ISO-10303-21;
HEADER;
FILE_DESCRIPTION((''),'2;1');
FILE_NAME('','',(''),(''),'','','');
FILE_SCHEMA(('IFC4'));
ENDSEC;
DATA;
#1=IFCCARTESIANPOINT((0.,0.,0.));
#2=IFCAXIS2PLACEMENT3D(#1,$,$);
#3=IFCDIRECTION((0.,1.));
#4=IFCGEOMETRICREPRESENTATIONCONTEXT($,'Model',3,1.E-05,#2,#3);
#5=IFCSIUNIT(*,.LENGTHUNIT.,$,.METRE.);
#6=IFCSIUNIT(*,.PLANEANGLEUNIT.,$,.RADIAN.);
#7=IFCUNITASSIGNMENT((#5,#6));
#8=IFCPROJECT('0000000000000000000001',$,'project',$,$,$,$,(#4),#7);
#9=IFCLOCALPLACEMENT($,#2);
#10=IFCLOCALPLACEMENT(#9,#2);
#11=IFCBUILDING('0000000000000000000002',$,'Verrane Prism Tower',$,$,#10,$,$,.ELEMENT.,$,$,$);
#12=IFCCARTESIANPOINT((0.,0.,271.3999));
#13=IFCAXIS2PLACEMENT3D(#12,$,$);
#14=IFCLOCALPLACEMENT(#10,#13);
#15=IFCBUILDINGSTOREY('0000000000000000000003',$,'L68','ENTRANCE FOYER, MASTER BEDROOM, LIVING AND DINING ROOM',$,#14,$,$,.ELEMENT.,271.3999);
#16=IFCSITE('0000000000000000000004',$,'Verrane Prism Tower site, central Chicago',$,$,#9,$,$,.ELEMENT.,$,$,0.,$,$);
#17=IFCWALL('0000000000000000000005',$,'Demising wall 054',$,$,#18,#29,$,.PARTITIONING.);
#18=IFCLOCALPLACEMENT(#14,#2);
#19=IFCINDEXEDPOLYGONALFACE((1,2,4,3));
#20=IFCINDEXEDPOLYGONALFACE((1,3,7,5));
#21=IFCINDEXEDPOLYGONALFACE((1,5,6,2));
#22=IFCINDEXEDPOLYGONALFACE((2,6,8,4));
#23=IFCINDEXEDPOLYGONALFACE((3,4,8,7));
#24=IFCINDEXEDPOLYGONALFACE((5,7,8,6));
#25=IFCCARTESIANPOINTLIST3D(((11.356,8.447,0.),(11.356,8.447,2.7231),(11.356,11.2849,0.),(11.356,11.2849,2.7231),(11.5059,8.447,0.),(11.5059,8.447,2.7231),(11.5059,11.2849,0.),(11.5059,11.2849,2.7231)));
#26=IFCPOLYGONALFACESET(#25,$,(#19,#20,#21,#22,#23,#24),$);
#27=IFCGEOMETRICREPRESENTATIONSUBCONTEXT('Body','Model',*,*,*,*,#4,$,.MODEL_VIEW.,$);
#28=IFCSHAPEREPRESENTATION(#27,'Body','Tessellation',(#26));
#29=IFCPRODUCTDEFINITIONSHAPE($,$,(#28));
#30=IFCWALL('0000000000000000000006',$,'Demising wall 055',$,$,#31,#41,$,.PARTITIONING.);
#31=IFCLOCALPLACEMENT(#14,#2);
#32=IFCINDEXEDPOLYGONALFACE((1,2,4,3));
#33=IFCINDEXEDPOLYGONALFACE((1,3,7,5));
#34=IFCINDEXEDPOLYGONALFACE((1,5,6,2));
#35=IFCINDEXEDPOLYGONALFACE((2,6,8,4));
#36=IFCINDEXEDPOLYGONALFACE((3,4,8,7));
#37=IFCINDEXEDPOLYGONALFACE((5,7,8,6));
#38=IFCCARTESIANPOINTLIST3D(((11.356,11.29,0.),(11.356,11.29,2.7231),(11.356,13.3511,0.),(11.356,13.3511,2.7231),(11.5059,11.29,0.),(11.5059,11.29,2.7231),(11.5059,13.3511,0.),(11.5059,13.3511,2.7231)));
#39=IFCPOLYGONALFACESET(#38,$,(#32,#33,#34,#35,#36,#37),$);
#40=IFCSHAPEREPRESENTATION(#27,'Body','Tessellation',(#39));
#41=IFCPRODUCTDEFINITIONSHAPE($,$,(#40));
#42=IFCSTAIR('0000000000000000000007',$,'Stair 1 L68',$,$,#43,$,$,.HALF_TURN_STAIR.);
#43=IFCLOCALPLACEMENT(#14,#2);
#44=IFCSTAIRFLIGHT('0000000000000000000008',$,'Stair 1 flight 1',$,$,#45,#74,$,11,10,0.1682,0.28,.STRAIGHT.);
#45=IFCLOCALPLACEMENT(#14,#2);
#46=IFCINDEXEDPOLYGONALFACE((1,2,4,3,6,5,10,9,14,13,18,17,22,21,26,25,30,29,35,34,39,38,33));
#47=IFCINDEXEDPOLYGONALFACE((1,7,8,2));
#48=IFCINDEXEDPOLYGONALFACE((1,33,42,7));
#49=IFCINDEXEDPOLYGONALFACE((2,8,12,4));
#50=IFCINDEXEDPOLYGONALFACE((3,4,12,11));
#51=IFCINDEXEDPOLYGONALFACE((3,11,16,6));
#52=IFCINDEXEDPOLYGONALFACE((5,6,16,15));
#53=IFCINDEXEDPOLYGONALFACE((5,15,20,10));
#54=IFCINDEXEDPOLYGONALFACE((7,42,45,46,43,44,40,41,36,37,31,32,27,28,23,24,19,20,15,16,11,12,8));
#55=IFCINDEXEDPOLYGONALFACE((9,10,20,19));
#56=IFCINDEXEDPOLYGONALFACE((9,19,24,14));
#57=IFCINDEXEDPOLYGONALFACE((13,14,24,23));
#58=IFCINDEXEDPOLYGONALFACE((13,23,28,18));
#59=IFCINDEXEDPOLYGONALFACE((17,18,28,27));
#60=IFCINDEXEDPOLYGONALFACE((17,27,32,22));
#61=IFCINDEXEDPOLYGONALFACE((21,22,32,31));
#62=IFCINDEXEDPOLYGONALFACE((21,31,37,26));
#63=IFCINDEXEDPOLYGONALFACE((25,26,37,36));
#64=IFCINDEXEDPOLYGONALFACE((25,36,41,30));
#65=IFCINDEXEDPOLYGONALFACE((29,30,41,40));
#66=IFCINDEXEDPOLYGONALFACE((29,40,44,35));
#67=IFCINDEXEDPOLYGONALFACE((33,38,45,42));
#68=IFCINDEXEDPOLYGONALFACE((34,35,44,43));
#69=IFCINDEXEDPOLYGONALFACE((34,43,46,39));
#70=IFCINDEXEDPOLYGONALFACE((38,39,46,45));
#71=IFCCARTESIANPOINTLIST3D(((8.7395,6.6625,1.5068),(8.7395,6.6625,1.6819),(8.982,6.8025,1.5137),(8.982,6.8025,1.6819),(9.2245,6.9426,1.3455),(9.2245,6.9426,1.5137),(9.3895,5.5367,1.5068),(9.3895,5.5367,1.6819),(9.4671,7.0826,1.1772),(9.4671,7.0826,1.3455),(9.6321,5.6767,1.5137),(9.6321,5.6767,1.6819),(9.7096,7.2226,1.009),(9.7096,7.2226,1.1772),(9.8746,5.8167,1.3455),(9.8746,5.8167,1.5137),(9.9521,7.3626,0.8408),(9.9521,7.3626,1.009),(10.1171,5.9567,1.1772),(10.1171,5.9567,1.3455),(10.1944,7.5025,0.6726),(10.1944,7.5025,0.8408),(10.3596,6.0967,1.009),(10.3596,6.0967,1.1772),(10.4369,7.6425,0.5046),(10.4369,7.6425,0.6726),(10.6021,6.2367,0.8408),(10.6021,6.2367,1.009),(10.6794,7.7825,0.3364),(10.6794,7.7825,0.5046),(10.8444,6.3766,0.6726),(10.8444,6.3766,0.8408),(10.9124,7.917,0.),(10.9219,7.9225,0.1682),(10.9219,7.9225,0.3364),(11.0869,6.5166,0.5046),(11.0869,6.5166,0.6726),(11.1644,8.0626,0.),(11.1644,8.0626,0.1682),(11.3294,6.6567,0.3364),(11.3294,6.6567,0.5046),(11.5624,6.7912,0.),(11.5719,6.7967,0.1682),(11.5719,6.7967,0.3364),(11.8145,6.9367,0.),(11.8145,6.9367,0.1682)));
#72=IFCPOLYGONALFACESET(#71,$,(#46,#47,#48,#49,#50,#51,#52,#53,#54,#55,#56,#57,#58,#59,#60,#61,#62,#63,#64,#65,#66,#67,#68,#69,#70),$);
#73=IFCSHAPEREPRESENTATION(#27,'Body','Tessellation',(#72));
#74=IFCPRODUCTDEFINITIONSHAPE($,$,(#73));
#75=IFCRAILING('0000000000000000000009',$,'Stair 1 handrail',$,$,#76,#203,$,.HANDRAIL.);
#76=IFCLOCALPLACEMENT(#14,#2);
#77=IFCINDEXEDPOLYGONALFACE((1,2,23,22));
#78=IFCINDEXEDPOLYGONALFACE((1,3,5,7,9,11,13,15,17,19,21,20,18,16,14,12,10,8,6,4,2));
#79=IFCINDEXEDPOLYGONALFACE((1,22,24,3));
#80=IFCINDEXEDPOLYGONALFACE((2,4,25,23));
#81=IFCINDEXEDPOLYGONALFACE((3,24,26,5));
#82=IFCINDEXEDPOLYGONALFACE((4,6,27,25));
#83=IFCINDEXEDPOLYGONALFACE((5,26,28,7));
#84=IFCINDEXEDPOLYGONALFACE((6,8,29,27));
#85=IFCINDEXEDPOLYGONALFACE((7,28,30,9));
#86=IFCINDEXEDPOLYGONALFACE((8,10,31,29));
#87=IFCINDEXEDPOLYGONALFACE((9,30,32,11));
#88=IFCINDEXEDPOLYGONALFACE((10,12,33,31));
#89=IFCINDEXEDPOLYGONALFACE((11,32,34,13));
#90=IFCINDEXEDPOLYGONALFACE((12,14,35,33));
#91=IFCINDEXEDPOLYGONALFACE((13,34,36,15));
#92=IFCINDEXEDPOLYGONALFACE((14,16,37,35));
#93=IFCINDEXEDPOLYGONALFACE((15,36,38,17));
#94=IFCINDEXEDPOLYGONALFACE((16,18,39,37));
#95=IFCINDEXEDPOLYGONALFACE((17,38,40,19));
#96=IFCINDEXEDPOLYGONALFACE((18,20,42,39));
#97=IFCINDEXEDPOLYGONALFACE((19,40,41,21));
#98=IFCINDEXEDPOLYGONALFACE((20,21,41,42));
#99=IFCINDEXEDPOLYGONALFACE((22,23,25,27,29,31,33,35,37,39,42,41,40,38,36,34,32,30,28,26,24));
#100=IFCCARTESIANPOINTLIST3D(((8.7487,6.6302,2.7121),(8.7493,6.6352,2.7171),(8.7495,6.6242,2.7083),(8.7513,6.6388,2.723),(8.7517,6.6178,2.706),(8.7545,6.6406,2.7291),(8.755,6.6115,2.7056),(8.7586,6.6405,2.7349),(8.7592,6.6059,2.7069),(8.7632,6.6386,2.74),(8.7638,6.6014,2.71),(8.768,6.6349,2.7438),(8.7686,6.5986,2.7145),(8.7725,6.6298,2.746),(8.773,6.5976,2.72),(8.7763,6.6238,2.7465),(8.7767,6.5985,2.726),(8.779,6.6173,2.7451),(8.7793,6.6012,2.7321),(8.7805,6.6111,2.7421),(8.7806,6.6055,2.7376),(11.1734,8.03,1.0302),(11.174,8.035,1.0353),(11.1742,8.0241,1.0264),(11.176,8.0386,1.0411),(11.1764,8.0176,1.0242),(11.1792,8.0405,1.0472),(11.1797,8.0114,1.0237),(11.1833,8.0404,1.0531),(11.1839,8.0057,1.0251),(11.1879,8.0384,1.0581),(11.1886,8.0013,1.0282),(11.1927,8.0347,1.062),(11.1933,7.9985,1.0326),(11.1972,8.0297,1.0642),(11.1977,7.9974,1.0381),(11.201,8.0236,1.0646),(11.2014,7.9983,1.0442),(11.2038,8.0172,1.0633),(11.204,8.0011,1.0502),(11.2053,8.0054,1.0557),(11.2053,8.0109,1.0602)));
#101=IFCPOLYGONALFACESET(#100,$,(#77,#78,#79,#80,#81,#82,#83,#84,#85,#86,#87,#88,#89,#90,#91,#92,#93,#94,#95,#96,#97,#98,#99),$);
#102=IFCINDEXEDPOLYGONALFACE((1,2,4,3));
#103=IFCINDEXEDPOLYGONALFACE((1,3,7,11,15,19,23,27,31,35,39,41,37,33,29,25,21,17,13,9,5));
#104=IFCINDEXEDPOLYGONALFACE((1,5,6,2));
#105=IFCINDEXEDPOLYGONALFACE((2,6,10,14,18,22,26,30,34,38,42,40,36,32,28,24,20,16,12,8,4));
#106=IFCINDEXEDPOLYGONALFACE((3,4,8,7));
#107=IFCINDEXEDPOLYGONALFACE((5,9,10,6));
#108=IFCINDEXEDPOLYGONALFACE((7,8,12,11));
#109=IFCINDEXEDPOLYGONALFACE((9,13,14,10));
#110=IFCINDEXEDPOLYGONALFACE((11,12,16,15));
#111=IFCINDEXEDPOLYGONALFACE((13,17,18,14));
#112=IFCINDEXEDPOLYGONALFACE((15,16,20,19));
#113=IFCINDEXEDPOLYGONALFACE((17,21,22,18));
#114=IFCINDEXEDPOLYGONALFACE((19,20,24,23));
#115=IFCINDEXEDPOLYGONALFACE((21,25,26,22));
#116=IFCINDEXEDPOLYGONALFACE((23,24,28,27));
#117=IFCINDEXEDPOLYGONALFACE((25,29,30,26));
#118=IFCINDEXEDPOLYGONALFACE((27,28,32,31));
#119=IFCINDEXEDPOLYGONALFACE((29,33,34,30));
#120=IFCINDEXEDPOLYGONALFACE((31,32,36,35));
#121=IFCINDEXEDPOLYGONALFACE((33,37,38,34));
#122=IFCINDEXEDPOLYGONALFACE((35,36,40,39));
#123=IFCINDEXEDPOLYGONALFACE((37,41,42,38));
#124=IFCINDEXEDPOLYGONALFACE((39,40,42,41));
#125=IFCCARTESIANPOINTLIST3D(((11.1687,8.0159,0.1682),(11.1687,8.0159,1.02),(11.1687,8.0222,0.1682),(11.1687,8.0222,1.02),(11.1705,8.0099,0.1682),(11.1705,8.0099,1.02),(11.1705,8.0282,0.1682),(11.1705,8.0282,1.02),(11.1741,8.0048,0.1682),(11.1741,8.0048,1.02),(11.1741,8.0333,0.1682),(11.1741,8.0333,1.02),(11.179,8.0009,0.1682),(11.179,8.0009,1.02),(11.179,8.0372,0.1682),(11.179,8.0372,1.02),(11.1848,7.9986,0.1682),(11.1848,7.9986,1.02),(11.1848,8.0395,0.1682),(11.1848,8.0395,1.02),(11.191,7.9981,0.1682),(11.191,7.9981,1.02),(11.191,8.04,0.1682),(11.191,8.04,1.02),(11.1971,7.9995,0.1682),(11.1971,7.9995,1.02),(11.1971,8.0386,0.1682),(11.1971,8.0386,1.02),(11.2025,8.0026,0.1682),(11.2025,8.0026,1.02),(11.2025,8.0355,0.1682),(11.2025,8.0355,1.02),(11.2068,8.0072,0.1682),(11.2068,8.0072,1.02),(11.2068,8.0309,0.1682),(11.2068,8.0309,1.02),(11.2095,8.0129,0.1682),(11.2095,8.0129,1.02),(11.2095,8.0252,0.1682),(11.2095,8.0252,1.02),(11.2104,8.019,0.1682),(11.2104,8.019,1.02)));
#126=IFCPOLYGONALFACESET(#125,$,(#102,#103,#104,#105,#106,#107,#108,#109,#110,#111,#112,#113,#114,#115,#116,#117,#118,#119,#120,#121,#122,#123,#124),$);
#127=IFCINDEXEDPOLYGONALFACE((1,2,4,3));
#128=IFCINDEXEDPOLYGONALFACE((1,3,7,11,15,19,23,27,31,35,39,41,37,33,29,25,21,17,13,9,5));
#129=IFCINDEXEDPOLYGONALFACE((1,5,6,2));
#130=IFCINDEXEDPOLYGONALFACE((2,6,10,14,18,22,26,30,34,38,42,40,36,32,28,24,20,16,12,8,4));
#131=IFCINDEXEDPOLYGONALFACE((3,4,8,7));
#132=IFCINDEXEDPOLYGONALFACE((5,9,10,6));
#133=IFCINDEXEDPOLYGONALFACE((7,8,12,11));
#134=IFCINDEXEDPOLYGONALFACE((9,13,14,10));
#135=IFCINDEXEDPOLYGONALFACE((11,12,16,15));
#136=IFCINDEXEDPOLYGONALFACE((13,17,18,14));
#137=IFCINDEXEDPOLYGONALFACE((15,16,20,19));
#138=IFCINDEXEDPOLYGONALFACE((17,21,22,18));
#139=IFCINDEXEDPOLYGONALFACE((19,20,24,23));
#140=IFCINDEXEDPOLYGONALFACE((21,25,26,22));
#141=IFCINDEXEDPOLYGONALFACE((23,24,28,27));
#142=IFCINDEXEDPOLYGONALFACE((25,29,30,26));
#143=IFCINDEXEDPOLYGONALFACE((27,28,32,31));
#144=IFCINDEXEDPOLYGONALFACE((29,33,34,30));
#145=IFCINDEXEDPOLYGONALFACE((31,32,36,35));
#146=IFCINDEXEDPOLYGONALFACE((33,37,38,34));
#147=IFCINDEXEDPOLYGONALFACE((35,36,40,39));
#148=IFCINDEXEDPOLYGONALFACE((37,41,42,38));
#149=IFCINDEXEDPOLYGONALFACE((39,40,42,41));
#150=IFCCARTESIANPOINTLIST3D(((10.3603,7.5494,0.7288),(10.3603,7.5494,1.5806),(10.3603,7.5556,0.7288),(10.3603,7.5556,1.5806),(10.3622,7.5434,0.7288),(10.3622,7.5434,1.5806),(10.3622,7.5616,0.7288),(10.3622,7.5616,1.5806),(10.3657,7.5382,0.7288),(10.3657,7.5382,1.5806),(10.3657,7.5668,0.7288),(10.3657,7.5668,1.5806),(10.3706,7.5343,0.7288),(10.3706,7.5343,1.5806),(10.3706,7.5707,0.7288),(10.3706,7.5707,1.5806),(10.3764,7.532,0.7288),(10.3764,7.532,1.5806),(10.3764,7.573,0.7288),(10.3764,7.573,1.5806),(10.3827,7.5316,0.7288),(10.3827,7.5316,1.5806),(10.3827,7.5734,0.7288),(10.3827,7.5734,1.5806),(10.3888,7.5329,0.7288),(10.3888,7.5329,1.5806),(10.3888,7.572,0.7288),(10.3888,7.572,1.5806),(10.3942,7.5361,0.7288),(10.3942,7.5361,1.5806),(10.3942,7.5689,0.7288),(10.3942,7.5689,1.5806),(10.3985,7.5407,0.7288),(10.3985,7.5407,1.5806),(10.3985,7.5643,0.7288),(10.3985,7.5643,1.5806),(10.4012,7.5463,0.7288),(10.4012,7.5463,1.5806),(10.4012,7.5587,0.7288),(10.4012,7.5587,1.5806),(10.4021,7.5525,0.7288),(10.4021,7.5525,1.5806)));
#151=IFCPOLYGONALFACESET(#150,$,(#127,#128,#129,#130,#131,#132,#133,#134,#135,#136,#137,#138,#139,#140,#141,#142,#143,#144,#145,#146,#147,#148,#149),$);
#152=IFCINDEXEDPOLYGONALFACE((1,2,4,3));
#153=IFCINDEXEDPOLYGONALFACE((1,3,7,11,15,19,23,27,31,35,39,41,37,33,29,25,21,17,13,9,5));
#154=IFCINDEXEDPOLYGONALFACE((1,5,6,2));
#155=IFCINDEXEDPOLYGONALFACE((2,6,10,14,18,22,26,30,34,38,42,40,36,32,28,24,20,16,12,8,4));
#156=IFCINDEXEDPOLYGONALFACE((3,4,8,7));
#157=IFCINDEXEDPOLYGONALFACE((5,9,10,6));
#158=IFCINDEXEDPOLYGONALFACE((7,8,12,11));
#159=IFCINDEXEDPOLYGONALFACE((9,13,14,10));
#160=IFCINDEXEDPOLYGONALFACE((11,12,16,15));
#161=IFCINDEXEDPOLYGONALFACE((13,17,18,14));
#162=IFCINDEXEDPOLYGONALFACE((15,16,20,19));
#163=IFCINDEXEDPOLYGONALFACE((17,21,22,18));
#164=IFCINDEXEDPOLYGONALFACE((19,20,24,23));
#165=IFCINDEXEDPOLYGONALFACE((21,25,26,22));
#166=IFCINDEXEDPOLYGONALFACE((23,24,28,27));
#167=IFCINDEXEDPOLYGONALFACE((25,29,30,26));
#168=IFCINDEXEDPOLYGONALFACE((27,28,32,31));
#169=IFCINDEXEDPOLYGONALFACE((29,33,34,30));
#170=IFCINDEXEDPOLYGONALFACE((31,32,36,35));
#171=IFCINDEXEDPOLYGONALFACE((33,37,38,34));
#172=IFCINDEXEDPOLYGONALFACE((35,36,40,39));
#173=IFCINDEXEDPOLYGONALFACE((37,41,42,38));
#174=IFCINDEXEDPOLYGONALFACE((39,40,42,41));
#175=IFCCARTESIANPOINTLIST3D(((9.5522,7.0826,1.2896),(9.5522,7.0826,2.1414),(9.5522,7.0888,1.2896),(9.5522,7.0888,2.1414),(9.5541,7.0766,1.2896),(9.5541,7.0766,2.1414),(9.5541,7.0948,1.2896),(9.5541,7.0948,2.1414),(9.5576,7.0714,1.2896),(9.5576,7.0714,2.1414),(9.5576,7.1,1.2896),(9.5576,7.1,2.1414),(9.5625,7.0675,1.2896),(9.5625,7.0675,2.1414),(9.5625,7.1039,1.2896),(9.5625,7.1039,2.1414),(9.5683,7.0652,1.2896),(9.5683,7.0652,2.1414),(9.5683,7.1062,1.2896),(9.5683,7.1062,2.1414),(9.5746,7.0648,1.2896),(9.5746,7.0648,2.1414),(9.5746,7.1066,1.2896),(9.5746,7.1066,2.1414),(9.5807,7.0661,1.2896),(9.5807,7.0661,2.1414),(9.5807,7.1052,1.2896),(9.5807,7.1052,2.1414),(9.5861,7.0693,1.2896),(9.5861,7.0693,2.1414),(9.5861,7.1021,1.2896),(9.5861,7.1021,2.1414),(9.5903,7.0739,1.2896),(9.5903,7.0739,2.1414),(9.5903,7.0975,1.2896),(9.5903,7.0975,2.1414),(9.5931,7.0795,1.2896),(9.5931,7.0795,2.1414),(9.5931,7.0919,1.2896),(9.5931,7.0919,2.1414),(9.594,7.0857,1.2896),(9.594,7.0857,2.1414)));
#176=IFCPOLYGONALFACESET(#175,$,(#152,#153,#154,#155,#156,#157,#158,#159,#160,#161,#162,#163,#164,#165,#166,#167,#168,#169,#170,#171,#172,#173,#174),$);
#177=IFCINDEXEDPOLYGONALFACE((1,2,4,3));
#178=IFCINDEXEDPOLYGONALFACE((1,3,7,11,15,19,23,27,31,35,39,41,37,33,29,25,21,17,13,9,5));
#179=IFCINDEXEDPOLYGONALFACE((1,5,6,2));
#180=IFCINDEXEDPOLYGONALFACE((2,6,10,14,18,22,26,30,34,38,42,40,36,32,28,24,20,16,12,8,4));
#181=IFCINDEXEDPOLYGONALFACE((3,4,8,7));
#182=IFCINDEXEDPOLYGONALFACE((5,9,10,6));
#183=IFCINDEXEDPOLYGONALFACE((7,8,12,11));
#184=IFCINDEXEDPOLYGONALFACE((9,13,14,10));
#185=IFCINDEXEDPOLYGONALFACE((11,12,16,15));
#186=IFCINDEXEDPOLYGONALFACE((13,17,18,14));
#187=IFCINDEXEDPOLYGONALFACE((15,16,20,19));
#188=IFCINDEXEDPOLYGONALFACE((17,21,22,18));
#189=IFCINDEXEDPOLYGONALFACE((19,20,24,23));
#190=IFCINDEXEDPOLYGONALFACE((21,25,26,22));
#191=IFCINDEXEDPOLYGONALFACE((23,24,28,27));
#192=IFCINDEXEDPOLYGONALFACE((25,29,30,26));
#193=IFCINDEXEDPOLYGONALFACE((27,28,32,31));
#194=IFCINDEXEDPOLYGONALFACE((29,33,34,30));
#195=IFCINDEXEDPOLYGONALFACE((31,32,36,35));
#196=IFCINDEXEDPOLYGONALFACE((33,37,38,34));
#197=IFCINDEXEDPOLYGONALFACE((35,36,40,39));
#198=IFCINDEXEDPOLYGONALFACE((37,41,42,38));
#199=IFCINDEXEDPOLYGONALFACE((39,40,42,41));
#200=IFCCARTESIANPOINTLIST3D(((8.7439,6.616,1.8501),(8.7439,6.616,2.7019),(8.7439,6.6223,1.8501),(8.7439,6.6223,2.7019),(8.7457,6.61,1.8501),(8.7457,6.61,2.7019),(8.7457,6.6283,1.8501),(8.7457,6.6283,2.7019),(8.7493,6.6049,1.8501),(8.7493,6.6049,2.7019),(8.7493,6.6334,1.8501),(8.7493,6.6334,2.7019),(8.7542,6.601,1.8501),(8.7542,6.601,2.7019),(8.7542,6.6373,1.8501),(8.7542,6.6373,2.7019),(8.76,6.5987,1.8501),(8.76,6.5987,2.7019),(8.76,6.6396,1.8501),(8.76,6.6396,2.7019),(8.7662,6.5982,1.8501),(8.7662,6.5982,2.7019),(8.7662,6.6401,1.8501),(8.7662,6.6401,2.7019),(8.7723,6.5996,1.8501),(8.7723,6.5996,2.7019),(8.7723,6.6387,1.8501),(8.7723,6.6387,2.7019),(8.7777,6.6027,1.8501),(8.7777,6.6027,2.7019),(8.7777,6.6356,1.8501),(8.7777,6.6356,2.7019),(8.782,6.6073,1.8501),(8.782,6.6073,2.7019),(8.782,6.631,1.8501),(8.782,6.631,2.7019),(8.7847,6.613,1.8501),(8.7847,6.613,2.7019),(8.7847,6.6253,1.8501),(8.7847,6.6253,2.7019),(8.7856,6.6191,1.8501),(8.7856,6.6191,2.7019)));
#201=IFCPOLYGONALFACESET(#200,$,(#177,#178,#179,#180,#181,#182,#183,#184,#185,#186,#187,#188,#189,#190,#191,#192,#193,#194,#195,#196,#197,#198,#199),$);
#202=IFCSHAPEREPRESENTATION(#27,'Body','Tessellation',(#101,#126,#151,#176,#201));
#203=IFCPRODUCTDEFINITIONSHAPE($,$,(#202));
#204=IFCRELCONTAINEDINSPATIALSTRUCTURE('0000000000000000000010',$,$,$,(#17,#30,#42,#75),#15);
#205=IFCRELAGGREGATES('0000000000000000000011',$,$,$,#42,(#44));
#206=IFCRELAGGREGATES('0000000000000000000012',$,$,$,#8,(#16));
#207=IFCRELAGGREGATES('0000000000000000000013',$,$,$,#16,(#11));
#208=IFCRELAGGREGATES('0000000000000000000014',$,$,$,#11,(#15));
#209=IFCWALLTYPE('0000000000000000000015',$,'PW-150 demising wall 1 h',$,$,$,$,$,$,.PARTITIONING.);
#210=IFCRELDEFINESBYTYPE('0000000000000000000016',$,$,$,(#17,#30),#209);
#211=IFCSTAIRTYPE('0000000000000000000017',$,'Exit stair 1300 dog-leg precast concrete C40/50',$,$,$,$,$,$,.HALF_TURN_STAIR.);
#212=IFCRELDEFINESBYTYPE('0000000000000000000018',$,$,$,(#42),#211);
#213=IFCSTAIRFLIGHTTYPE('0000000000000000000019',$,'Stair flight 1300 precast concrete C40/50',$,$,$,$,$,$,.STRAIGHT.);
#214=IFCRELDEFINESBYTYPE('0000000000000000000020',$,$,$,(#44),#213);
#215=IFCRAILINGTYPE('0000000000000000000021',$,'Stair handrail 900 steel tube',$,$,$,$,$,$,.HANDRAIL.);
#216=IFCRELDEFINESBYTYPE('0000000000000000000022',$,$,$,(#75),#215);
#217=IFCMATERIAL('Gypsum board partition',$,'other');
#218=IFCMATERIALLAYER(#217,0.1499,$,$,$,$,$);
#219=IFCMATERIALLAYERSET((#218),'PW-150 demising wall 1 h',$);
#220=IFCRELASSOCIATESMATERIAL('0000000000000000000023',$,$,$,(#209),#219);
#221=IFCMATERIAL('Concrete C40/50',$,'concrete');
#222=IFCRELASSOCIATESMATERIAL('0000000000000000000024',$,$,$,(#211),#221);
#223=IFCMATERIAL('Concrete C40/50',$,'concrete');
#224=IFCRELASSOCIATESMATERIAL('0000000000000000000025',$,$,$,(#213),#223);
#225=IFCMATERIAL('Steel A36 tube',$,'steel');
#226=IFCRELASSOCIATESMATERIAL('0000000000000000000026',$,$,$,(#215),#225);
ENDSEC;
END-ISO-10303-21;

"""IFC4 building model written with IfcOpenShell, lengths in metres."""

from ifc_helpers import new_model, si_unit, direction, frame, frame_2d, origin, origin_2d, place, context, subcontext, project, spatial, polyline, rectangle, circle, outline, extrude, material, layer, layer_set, type_object, element, aggregate, save


model = new_model("IFC4")

# Units and contexts
model_context = context("Model", 3, precision=1e-05, world=origin(), true_north=direction((0.0, 1.0)))
body_context = subcontext(model_context, "Body", "Model", "MODEL_VIEW")
ifc_project = project(units=[si_unit("LENGTHUNIT", "METRE"), si_unit("PLANEANGLEUNIT", "RADIAN")], contexts=[model_context])

# Site, building, storey
site_placement = place(None, origin())
site = spatial("IfcSite", under=ifc_project, at=site_placement, Name="Verrane Prism Tower site, central Chicago", CompositionType="ELEMENT", RefElevation=0.0)
building_placement = place(site_placement, origin())
building = spatial("IfcBuilding", under=site, at=building_placement, Name="Verrane Prism Tower", CompositionType="ELEMENT")
storey_placement = place(building_placement, frame((0.0, 0.0, 271.3999)))
storey = spatial("IfcBuildingStorey", under=building, at=storey_placement, Name="L68", Description="ENTRANCE FOYER, MASTER BEDROOM, LIVING AND DINING ROOM", CompositionType="ELEMENT", Elevation=271.3999)

# Walls
ifc_material_1 = material(Name="Gypsum board partition", Category="other")
ifc_layer_1 = layer(ifc_material_1, 0.1499)
ifc_layer_set_1 = layer_set([ifc_layer_1], Name="PW-150 demising wall 1 h")
wall_type_1 = type_object("IfcWallType", Name="PW-150 demising wall 1 h", PredefinedType="PARTITIONING", material=ifc_layer_set_1)
wall_1_placement = place(storey_placement, frame((11.4309, 8.447, 0.0), z_axis=(0.0, 0.0, 1.0), x_axis=(0.0, 1.0, 0.0)))
element("IfcWall", 1, at=wall_1_placement, inside=storey, type_object=wall_type_1, Name="Demising wall 054", PredefinedType="PARTITIONING", context=body_context, shape_type="SweptSolid", body=[
    extrude(rectangle(XDim=2.8379, YDim=0.1499, at=frame_2d((1.4189, 0.0))), origin(), (0.0, 0.0, 1.0), 2.7231),
])
wall_2_placement = place(storey_placement, frame((11.4309, 11.29, 0.0), z_axis=(0.0, 0.0, 1.0), x_axis=(0.0, 1.0, 0.0)))
element("IfcWall", 2, at=wall_2_placement, inside=storey, type_object=wall_type_1, Name="Demising wall 055", PredefinedType="PARTITIONING", context=body_context, shape_type="SweptSolid", body=[
    extrude(rectangle(XDim=2.061, YDim=0.1499, at=frame_2d((1.0305, 0.0))), origin(), (0.0, 0.0, 1.0), 2.7231),
])

# Stair, stair flight
ifc_material_2 = material(Name="Concrete C40/50", Category="concrete")
stair_type = type_object("IfcStairType", Name="Exit stair 1300 dog-leg precast concrete C40/50", PredefinedType="HALF_TURN_STAIR", material=ifc_material_2)
stair_placement = place(storey_placement, origin())
stair = element("IfcStair", 3, at=stair_placement, inside=storey, type_object=stair_type, Name="Stair 1 L68", PredefinedType="HALF_TURN_STAIR")
ifc_material_3 = material(Name="Concrete C40/50", Category="concrete")
stair_flight_type = type_object("IfcStairFlightType", Name="Stair flight 1300 precast concrete C40/50", PredefinedType="STRAIGHT", material=ifc_material_3)
stair_flight_placement = place(storey_placement, frame((11.4895, 7.4995, 0.0), z_axis=(0.0, 0.0, 1.0), x_axis=(-0.866025, -0.5, 0.0)))
stair_flight = element("IfcStairFlight", 4, at=stair_flight_placement, type_object=stair_flight_type, Name="Stair 1 flight 1", NumberOfRisers=11, NumberOfTreads=10, PredefinedType="STRAIGHT", RiserHeight=0.1682, TreadLength=0.28, context=body_context, shape_type="SweptSolid", body=[
    extrude(outline(polyline([(0.0, 0.0), (0.0, 0.1682), (0.28, 0.1682), (0.28, 0.3364), (0.5601, 0.3364), (0.5601, 0.5046), (0.8401, 0.5046), (0.8401, 0.6726), (1.1201, 0.6726), (1.1201, 0.8408), (1.3999, 0.8408), (1.3999, 1.009), (1.6799, 1.009), (1.6799, 1.1772), (1.96, 1.1772), (1.96, 1.3455), (2.24, 1.3455), (2.24, 1.5137), (2.52, 1.5137), (2.52, 1.6819), (2.8, 1.6819), (2.8, 1.8501), (2.8, 1.5068), (0.291, 0.0), (0.0, 0.0)])), frame((0.0, 0.6499, 0.0), z_axis=(0.0, -1.0, 0.0), x_axis=(1.0, 0.0, 0.0)), (0.0, 0.0, 1.0), 1.3),
])
aggregate(stair, [stair_flight])

# Railing
ifc_material_4 = material(Name="Steel A36 tube", Category="steel")
railing_type_1 = type_object("IfcRailingType", Name="Stair handrail 900 steel tube", PredefinedType="HANDRAIL", material=ifc_material_4)
railing_1_placement = place(storey_placement, frame((11.1895, 8.019, 0.1682)))
element("IfcRailing", 5, at=railing_1_placement, inside=storey, type_object=railing_type_1, Name="Stair 1 handrail", PredefinedType="HANDRAIL", context=body_context, shape_type="SweptSolid", body=[
    extrude(circle(Radius=0.0239, at=origin_2d()), frame((0.0, 0.0, 0.876), z_axis=(-0.74239, -0.428601, 0.514934), x_axis=(0.499984, -0.866035, 0.0)), (0.0, 0.0, 1.0), 3.2661),
    extrude(circle(Radius=0.021, at=origin_2d()), origin(), (0.0, 0.0, 1.0), 0.8518),
    extrude(circle(Radius=0.021, at=origin_2d()), frame((-0.8083, -0.4666, 0.5605)), (0.0, 0.0, 1.0), 0.8518),
    extrude(circle(Radius=0.021, at=origin_2d()), frame((-1.6165, -0.9333, 1.1213)), (0.0, 0.0, 1.0), 0.8518),
    extrude(circle(Radius=0.021, at=origin_2d()), frame((-2.4248, -1.3999, 1.6819)), (0.0, 0.0, 1.0), 0.8518),
])

save(model, "model.ifc")
